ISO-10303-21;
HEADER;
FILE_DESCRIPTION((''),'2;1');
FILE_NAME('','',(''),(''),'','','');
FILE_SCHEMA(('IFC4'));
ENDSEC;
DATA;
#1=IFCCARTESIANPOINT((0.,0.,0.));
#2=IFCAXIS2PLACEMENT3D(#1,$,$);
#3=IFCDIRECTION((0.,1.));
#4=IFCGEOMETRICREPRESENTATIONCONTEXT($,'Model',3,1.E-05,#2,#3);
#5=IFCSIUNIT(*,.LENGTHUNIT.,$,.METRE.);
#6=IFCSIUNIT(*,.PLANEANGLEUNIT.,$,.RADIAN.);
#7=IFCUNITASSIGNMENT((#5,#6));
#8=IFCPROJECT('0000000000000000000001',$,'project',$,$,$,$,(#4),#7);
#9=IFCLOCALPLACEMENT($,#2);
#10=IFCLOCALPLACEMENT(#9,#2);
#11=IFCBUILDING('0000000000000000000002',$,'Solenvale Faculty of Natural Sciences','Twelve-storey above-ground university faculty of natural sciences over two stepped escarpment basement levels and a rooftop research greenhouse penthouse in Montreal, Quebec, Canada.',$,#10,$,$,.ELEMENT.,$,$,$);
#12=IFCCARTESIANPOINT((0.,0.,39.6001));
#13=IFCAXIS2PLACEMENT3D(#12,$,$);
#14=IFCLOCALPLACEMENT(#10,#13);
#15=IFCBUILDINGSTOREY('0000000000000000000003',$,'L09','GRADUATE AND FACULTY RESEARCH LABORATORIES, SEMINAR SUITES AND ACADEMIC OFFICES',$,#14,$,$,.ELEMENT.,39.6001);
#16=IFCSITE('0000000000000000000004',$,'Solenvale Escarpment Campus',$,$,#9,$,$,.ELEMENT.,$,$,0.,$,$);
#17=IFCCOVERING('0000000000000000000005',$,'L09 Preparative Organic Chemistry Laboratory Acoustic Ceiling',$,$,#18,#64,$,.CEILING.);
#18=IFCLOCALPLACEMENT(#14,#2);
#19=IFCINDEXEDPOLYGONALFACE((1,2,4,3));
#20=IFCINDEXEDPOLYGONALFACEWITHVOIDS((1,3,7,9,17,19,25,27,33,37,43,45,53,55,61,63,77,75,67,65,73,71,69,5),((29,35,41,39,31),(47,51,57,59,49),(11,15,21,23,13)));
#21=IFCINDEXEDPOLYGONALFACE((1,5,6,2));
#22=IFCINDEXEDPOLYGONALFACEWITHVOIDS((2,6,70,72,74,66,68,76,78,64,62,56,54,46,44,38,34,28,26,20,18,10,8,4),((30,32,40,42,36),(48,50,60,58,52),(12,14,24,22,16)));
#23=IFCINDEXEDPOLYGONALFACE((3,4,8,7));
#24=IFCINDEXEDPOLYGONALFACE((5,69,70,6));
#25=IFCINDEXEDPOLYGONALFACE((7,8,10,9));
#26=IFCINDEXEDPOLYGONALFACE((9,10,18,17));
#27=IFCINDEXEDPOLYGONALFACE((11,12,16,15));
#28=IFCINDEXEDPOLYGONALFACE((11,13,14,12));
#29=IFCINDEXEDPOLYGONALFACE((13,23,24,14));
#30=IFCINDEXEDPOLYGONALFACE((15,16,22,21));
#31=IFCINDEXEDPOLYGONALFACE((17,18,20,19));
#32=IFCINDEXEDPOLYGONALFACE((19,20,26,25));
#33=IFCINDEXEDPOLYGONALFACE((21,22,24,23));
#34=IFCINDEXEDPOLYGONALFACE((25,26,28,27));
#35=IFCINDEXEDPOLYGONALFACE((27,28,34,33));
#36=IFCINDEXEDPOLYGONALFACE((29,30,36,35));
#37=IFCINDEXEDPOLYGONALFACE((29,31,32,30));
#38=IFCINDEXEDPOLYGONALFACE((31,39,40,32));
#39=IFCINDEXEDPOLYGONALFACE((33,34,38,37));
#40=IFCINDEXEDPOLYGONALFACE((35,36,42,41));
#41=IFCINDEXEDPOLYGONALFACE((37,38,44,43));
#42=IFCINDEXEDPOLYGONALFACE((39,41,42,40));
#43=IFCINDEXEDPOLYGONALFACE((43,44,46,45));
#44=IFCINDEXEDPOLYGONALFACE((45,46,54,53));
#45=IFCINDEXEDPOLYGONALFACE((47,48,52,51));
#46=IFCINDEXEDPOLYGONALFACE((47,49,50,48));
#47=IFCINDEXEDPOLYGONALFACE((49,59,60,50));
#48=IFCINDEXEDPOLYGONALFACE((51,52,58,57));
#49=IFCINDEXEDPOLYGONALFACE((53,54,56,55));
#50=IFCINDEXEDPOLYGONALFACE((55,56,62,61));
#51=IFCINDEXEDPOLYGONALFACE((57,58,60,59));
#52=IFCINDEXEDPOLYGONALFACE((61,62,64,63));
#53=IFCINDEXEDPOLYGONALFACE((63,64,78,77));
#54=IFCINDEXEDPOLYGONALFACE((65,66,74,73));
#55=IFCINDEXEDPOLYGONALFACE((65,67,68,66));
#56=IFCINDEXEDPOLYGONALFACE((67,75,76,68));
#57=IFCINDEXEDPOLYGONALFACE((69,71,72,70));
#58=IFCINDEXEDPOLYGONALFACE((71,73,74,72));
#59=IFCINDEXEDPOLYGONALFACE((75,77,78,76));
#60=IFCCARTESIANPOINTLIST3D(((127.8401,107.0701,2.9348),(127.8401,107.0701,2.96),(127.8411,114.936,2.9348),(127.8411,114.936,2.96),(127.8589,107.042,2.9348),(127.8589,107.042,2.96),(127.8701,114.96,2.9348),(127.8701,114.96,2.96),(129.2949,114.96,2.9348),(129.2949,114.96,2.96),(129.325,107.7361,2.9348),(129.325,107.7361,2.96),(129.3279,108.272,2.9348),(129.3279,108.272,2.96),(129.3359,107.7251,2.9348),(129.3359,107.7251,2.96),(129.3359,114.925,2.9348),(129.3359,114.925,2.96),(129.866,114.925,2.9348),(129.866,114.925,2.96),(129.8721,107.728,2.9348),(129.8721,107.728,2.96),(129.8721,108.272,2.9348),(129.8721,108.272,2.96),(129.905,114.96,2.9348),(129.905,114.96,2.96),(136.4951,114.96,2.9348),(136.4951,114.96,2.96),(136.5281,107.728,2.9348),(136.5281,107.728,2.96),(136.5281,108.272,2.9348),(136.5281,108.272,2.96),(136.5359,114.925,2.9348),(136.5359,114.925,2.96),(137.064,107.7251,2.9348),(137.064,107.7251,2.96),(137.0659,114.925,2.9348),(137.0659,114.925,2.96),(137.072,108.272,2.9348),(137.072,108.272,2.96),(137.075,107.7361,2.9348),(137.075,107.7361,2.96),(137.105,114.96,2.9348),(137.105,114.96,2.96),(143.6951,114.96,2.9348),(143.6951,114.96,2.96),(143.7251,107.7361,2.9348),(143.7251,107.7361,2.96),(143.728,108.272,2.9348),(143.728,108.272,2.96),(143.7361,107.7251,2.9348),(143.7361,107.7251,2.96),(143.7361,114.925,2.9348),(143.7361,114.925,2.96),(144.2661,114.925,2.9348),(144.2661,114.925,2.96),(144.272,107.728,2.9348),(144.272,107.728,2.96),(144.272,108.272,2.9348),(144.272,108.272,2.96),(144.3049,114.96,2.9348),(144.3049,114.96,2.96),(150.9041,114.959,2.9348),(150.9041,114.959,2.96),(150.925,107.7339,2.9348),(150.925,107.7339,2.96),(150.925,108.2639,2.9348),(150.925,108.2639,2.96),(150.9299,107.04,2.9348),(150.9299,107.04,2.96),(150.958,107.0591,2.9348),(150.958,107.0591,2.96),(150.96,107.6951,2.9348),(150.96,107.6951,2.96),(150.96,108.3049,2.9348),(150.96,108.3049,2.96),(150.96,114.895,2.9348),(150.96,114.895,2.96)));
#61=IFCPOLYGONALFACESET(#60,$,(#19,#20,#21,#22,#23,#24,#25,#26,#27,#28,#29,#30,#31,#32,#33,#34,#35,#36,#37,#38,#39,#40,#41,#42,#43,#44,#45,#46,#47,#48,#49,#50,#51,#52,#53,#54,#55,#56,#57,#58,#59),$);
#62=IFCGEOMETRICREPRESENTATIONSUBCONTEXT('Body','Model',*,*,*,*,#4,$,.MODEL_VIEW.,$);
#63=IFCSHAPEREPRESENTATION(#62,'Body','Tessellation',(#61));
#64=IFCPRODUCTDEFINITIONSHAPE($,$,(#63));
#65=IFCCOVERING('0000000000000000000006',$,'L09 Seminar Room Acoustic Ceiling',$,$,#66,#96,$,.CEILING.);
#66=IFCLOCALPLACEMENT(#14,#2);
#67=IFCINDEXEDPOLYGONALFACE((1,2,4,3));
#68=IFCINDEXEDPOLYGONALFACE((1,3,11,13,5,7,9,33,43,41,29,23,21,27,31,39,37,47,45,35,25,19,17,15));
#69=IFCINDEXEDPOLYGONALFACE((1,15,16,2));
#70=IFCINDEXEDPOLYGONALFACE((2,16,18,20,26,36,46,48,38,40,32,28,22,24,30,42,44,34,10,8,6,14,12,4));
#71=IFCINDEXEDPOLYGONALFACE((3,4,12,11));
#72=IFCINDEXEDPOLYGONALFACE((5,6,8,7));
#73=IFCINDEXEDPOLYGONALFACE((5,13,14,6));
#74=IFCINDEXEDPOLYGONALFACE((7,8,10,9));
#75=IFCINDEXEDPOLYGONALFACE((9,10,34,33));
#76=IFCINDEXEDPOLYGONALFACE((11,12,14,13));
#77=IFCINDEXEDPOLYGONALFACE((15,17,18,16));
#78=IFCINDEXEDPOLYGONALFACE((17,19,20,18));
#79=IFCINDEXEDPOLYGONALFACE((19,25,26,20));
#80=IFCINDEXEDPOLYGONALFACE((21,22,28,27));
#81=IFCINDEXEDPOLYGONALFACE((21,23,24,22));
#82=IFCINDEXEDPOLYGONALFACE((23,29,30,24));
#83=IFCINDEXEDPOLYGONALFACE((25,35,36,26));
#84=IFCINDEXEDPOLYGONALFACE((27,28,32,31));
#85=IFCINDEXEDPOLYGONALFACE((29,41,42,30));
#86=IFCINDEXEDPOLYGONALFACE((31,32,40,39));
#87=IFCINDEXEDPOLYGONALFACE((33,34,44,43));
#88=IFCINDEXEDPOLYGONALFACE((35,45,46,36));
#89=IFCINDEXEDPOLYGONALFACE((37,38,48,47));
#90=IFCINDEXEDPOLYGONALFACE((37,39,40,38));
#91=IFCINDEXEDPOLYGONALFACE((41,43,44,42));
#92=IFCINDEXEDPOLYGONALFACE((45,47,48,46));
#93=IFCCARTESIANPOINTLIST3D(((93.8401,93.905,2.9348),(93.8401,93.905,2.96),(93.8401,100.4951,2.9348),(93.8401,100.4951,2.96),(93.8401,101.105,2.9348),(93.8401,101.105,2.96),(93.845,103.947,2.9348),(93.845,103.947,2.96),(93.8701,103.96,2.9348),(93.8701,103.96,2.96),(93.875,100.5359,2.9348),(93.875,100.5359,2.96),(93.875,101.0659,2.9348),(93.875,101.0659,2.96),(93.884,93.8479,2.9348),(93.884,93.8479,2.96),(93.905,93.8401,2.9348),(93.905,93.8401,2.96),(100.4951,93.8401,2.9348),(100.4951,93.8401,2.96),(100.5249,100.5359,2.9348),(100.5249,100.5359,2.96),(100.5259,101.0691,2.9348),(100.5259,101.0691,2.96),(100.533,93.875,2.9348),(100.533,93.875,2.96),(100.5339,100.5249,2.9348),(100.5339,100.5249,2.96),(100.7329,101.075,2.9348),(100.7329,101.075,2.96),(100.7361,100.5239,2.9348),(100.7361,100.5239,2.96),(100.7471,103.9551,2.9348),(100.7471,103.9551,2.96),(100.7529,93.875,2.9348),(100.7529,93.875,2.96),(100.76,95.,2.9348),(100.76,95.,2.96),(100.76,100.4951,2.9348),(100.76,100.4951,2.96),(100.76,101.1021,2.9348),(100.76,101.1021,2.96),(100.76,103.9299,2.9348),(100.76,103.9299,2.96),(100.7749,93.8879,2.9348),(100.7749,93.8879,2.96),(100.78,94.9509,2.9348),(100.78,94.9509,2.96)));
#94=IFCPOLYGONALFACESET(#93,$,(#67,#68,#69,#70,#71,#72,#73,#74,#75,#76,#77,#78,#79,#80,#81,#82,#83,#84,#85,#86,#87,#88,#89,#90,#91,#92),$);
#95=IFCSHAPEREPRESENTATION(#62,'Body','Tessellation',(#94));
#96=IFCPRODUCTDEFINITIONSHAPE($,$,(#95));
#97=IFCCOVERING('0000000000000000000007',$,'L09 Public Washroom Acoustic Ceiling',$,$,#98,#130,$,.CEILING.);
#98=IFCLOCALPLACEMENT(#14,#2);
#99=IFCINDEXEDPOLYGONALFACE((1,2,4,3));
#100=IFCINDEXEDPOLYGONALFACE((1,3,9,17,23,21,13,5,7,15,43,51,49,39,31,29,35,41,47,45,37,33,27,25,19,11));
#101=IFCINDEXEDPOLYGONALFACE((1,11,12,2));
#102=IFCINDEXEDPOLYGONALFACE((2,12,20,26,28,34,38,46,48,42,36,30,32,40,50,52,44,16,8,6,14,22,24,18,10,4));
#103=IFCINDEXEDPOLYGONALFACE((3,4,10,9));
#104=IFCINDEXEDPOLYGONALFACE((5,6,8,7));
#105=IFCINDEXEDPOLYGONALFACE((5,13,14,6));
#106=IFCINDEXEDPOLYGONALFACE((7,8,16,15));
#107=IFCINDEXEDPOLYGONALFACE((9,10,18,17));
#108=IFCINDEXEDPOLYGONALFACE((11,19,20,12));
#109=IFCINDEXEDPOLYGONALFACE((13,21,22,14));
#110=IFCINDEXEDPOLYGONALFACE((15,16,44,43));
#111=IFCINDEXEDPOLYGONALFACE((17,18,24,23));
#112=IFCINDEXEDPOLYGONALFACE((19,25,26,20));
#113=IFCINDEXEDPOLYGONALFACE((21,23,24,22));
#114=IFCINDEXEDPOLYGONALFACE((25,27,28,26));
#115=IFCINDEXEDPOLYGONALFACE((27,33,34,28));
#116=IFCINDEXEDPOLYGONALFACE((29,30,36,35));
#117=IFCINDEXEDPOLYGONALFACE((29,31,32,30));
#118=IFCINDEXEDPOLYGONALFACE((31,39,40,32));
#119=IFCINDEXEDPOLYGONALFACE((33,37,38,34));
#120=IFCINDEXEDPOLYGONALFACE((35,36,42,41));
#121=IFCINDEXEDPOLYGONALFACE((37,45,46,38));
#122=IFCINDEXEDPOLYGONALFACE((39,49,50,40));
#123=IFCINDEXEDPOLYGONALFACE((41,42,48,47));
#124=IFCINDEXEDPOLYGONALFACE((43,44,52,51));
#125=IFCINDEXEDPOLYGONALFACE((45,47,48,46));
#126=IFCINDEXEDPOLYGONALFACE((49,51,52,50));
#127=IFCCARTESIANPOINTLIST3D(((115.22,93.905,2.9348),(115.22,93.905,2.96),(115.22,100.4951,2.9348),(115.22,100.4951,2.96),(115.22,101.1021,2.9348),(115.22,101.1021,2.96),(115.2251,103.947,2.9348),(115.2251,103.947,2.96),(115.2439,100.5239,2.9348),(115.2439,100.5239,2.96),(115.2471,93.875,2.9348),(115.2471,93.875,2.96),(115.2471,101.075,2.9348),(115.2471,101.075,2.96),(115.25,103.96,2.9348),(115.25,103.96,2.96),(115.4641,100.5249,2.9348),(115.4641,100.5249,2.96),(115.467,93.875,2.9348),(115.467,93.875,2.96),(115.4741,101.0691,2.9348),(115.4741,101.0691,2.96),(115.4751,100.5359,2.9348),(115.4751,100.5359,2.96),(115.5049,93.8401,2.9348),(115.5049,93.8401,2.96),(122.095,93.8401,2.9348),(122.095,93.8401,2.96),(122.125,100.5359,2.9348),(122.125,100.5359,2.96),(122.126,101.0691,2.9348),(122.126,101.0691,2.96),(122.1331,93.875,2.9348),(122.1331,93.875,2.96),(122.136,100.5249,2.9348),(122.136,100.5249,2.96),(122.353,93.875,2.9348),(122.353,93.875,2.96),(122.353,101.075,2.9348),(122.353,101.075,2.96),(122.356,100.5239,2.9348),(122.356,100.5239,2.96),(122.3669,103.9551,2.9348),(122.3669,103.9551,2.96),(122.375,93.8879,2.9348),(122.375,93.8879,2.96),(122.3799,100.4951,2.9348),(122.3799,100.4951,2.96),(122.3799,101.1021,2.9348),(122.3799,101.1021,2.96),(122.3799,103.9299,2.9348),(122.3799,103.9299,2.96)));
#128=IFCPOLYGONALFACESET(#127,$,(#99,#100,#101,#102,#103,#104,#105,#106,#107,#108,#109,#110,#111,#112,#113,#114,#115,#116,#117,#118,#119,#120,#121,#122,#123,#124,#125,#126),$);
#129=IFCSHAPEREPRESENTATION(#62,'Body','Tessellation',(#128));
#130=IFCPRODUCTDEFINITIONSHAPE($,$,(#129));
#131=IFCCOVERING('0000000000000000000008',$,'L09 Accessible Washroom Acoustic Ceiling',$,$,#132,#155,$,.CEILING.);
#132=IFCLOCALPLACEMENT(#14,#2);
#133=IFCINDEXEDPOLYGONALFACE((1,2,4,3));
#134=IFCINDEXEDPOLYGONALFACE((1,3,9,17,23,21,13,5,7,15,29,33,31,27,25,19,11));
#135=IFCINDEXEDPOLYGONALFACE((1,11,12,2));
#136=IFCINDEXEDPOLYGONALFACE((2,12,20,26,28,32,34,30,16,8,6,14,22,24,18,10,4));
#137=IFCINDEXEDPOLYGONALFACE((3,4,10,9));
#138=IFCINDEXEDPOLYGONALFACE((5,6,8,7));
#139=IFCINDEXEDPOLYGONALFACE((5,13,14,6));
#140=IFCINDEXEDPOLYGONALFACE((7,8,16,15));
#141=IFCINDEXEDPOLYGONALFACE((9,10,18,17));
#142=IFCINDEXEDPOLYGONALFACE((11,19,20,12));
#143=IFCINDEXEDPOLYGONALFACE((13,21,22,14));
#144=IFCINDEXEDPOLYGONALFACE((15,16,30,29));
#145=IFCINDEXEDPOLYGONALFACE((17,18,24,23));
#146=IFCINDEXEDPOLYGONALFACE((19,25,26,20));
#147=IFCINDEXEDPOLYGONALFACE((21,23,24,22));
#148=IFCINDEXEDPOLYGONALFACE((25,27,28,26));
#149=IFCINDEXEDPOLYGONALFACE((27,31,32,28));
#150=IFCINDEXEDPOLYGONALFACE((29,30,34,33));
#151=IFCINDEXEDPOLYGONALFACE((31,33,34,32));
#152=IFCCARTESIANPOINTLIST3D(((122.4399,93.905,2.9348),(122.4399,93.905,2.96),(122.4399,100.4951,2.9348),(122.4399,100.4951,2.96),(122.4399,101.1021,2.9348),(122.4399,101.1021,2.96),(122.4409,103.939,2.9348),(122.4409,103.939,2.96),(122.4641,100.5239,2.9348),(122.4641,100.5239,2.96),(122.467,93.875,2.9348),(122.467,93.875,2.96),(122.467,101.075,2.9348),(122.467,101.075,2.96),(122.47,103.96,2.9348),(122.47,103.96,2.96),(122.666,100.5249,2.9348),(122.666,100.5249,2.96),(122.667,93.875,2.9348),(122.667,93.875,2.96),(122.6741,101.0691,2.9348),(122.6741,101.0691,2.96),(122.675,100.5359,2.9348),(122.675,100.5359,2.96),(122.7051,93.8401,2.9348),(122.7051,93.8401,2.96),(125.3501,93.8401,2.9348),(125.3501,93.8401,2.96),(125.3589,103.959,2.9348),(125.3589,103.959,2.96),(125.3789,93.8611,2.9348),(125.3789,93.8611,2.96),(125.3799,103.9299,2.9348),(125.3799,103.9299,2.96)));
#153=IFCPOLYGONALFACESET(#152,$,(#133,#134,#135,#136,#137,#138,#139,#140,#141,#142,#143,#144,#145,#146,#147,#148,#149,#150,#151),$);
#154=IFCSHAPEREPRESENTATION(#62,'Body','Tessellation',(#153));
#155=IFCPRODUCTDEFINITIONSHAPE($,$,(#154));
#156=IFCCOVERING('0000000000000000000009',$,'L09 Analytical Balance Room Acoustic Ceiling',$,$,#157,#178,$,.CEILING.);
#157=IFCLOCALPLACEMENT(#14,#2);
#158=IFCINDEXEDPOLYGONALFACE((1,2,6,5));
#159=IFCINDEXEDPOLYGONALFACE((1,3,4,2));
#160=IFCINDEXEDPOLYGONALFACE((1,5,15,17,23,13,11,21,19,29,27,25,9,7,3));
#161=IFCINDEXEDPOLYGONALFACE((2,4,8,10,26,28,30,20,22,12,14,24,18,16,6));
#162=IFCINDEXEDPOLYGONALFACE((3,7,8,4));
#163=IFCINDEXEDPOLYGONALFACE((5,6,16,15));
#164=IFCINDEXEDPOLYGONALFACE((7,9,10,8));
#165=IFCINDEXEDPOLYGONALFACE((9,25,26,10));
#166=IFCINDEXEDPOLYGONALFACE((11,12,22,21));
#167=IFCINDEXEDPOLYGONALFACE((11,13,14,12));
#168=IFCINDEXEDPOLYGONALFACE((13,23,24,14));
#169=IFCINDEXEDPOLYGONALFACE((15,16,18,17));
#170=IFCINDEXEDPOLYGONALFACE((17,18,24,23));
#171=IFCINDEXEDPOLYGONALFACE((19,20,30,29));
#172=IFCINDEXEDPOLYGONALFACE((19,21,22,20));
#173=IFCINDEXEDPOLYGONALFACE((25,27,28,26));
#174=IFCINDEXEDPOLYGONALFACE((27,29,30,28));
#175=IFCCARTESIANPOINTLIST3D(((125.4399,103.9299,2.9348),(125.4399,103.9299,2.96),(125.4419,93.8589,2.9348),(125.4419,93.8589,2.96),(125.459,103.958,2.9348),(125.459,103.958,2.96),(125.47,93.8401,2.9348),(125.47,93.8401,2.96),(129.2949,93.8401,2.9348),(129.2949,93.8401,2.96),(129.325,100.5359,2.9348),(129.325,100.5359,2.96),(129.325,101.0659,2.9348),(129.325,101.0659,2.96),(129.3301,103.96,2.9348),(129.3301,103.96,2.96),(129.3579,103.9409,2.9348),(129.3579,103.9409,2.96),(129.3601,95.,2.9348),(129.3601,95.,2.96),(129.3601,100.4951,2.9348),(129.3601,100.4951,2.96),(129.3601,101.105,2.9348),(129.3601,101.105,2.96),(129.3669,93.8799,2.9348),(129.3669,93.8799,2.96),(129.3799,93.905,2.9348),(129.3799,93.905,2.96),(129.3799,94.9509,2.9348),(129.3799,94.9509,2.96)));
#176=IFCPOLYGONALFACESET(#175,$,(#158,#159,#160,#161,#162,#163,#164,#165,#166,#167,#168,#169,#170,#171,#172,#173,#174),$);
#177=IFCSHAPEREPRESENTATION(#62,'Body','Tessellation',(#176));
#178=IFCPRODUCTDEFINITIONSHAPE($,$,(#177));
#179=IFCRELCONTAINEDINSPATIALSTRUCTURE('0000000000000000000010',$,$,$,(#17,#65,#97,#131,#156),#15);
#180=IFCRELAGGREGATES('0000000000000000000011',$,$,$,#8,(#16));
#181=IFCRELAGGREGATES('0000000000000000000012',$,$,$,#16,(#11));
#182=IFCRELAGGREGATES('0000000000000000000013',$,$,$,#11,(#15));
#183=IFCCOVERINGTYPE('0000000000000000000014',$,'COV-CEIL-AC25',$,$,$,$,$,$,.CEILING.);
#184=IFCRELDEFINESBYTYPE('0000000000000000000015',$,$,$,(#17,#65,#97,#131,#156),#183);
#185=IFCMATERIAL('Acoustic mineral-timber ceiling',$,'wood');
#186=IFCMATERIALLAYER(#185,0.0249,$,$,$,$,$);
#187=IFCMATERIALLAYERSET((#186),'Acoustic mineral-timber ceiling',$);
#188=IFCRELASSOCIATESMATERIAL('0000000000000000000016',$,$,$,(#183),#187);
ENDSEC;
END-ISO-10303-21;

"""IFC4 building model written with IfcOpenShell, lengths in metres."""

from ifc_helpers import new_model, si_unit, direction, frame, origin, place, context, subcontext, project, spatial, polyline, outline, extrude, material, layer, layer_set, type_object, element, save


model = new_model("IFC4")

# Units and contexts
model_context = context("Model", 3, precision=1e-05, world=origin(), true_north=direction((0.0, 1.0)))
body_context = subcontext(model_context, "Body", "Model", "MODEL_VIEW")
ifc_project = project(units=[si_unit("LENGTHUNIT", "METRE"), si_unit("PLANEANGLEUNIT", "RADIAN")], contexts=[model_context])

# Site, building, storey
site_placement = place(None, origin())
site = spatial("IfcSite", under=ifc_project, at=site_placement, Name="Solenvale Escarpment Campus", CompositionType="ELEMENT", RefElevation=0.0)
building_placement = place(site_placement, origin())
building = spatial("IfcBuilding", under=site, at=building_placement, Name="Solenvale Faculty of Natural Sciences", Description="Twelve-storey above-ground university faculty of natural sciences over two stepped escarpment basement levels and a rooftop research greenhouse penthouse in Montreal, Quebec, Canada.", CompositionType="ELEMENT")
storey_placement = place(building_placement, frame((0.0, 0.0, 39.6001)))
storey = spatial("IfcBuildingStorey", under=building, at=storey_placement, Name="L09", Description="GRADUATE AND FACULTY RESEARCH LABORATORIES, SEMINAR SUITES AND ACADEMIC OFFICES", CompositionType="ELEMENT", Elevation=39.6001)

# Coverings
ifc_material_1 = material(Name="Acoustic mineral-timber ceiling", Category="wood")
ifc_layer_1 = layer(ifc_material_1, 0.0249)
ifc_layer_set_1 = layer_set([ifc_layer_1], Name="Acoustic mineral-timber ceiling")
covering_type_1 = type_object("IfcCoveringType", Name="COV-CEIL-AC25", PredefinedType="CEILING", material=ifc_layer_set_1)
covering_1_placement = place(storey_placement, frame((0.0, 0.0, 2.9348)))
element("IfcCovering", 1, at=covering_1_placement, inside=storey, type_object=covering_type_1, Name="L09 Preparative Organic Chemistry Laboratory Acoustic Ceiling", PredefinedType="CEILING", context=body_context, shape_type="SweptSolid", body=[
    extrude(outline(polyline([(129.2949, 114.96), (129.3359, 114.925), (129.866, 114.925), (129.905, 114.96), (136.4951, 114.96), (136.5359, 114.925), (137.0659, 114.925), (137.105, 114.96), (143.6951, 114.96), (143.7361, 114.925), (144.2661, 114.925), (144.3049, 114.96), (150.9041, 114.959), (150.96, 114.895), (150.96, 108.3049), (150.925, 108.2639), (150.925, 107.7339), (150.96, 107.6951), (150.958, 107.0591), (150.9299, 107.04), (127.8589, 107.042), (127.8401, 107.0701), (127.8411, 114.936), (127.8701, 114.96), (129.2949, 114.96)]), holes=[polyline([(143.7251, 107.7361), (143.7361, 107.7251), (144.272, 107.728), (144.272, 108.272), (143.728, 108.272), (143.7251, 107.7361)]), polyline([(137.064, 107.7251), (137.075, 107.7361), (137.072, 108.272), (136.5281, 108.272), (136.5281, 107.728), (137.064, 107.7251)]), polyline([(129.325, 107.7361), (129.3359, 107.7251), (129.8721, 107.728), (129.8721, 108.272), (129.3279, 108.272), (129.325, 107.7361)])]), origin(), (0.0, 0.0, 1.0), 0.0251),
])
covering_2_placement = place(storey_placement, frame((0.0, 0.0, 2.9348)))
element("IfcCovering", 2, at=covering_2_placement, inside=storey, type_object=covering_type_1, Name="L09 Seminar Room Acoustic Ceiling", PredefinedType="CEILING", context=body_context, shape_type="SweptSolid", body=[
    extrude(outline(polyline([(93.905, 93.8401), (93.884, 93.8479), (93.8401, 93.905), (93.8401, 100.4951), (93.875, 100.5359), (93.875, 101.0659), (93.8401, 101.105), (93.845, 103.947), (93.8701, 103.96), (100.7471, 103.9551), (100.76, 103.9299), (100.76, 101.1021), (100.7329, 101.075), (100.5259, 101.0691), (100.5249, 100.5359), (100.5339, 100.5249), (100.7361, 100.5239), (100.76, 100.4951), (100.76, 95.0), (100.78, 94.9509), (100.7749, 93.8879), (100.7529, 93.875), (100.533, 93.875), (100.4951, 93.8401), (93.905, 93.8401)])), origin(), (0.0, 0.0, 1.0), 0.0251),
])
covering_3_placement = place(storey_placement, frame((0.0, 0.0, 2.9348)))
element("IfcCovering", 3, at=covering_3_placement, inside=storey, type_object=covering_type_1, Name="L09 Public Washroom Acoustic Ceiling", PredefinedType="CEILING", context=body_context, shape_type="SweptSolid", body=[
    extrude(outline(polyline([(115.5049, 93.8401), (115.467, 93.875), (115.2471, 93.875), (115.22, 93.905), (115.22, 100.4951), (115.2439, 100.5239), (115.4641, 100.5249), (115.4751, 100.5359), (115.4741, 101.0691), (115.2471, 101.075), (115.22, 101.1021), (115.2251, 103.947), (115.25, 103.96), (122.3669, 103.9551), (122.3799, 103.9299), (122.3799, 101.1021), (122.353, 101.075), (122.126, 101.0691), (122.125, 100.5359), (122.136, 100.5249), (122.356, 100.5239), (122.3799, 100.4951), (122.375, 93.8879), (122.353, 93.875), (122.1331, 93.875), (122.095, 93.8401), (115.5049, 93.8401)])), origin(), (0.0, 0.0, 1.0), 0.0251),
])
covering_4_placement = place(storey_placement, frame((0.0, 0.0, 2.9348)))
element("IfcCovering", 4, at=covering_4_placement, inside=storey, type_object=covering_type_1, Name="L09 Accessible Washroom Acoustic Ceiling", PredefinedType="CEILING", context=body_context, shape_type="SweptSolid", body=[
    extrude(outline(polyline([(122.7051, 93.8401), (122.667, 93.875), (122.467, 93.875), (122.4399, 93.905), (122.4399, 100.4951), (122.4641, 100.5239), (122.666, 100.5249), (122.675, 100.5359), (122.6741, 101.0691), (122.467, 101.075), (122.4399, 101.1021), (122.4409, 103.939), (122.47, 103.96), (125.3589, 103.959), (125.3799, 103.9299), (125.3789, 93.8611), (125.3501, 93.8401), (122.7051, 93.8401)])), origin(), (0.0, 0.0, 1.0), 0.0251),
])
covering_5_placement = place(storey_placement, frame((0.0, 0.0, 2.9348)))
element("IfcCovering", 5, at=covering_5_placement, inside=storey, type_object=covering_type_1, Name="L09 Analytical Balance Room Acoustic Ceiling", PredefinedType="CEILING", context=body_context, shape_type="SweptSolid", body=[
    extrude(outline(polyline([(129.3669, 93.8799), (129.2949, 93.8401), (125.47, 93.8401), (125.4419, 93.8589), (125.4399, 103.9299), (125.459, 103.958), (129.3301, 103.96), (129.3579, 103.9409), (129.3601, 101.105), (129.325, 101.0659), (129.325, 100.5359), (129.3601, 100.4951), (129.3601, 95.0), (129.3799, 94.9509), (129.3799, 93.905), (129.3669, 93.8799)])), origin(), (0.0, 0.0, 1.0), 0.0251),
])

save(model, "model.ifc")
